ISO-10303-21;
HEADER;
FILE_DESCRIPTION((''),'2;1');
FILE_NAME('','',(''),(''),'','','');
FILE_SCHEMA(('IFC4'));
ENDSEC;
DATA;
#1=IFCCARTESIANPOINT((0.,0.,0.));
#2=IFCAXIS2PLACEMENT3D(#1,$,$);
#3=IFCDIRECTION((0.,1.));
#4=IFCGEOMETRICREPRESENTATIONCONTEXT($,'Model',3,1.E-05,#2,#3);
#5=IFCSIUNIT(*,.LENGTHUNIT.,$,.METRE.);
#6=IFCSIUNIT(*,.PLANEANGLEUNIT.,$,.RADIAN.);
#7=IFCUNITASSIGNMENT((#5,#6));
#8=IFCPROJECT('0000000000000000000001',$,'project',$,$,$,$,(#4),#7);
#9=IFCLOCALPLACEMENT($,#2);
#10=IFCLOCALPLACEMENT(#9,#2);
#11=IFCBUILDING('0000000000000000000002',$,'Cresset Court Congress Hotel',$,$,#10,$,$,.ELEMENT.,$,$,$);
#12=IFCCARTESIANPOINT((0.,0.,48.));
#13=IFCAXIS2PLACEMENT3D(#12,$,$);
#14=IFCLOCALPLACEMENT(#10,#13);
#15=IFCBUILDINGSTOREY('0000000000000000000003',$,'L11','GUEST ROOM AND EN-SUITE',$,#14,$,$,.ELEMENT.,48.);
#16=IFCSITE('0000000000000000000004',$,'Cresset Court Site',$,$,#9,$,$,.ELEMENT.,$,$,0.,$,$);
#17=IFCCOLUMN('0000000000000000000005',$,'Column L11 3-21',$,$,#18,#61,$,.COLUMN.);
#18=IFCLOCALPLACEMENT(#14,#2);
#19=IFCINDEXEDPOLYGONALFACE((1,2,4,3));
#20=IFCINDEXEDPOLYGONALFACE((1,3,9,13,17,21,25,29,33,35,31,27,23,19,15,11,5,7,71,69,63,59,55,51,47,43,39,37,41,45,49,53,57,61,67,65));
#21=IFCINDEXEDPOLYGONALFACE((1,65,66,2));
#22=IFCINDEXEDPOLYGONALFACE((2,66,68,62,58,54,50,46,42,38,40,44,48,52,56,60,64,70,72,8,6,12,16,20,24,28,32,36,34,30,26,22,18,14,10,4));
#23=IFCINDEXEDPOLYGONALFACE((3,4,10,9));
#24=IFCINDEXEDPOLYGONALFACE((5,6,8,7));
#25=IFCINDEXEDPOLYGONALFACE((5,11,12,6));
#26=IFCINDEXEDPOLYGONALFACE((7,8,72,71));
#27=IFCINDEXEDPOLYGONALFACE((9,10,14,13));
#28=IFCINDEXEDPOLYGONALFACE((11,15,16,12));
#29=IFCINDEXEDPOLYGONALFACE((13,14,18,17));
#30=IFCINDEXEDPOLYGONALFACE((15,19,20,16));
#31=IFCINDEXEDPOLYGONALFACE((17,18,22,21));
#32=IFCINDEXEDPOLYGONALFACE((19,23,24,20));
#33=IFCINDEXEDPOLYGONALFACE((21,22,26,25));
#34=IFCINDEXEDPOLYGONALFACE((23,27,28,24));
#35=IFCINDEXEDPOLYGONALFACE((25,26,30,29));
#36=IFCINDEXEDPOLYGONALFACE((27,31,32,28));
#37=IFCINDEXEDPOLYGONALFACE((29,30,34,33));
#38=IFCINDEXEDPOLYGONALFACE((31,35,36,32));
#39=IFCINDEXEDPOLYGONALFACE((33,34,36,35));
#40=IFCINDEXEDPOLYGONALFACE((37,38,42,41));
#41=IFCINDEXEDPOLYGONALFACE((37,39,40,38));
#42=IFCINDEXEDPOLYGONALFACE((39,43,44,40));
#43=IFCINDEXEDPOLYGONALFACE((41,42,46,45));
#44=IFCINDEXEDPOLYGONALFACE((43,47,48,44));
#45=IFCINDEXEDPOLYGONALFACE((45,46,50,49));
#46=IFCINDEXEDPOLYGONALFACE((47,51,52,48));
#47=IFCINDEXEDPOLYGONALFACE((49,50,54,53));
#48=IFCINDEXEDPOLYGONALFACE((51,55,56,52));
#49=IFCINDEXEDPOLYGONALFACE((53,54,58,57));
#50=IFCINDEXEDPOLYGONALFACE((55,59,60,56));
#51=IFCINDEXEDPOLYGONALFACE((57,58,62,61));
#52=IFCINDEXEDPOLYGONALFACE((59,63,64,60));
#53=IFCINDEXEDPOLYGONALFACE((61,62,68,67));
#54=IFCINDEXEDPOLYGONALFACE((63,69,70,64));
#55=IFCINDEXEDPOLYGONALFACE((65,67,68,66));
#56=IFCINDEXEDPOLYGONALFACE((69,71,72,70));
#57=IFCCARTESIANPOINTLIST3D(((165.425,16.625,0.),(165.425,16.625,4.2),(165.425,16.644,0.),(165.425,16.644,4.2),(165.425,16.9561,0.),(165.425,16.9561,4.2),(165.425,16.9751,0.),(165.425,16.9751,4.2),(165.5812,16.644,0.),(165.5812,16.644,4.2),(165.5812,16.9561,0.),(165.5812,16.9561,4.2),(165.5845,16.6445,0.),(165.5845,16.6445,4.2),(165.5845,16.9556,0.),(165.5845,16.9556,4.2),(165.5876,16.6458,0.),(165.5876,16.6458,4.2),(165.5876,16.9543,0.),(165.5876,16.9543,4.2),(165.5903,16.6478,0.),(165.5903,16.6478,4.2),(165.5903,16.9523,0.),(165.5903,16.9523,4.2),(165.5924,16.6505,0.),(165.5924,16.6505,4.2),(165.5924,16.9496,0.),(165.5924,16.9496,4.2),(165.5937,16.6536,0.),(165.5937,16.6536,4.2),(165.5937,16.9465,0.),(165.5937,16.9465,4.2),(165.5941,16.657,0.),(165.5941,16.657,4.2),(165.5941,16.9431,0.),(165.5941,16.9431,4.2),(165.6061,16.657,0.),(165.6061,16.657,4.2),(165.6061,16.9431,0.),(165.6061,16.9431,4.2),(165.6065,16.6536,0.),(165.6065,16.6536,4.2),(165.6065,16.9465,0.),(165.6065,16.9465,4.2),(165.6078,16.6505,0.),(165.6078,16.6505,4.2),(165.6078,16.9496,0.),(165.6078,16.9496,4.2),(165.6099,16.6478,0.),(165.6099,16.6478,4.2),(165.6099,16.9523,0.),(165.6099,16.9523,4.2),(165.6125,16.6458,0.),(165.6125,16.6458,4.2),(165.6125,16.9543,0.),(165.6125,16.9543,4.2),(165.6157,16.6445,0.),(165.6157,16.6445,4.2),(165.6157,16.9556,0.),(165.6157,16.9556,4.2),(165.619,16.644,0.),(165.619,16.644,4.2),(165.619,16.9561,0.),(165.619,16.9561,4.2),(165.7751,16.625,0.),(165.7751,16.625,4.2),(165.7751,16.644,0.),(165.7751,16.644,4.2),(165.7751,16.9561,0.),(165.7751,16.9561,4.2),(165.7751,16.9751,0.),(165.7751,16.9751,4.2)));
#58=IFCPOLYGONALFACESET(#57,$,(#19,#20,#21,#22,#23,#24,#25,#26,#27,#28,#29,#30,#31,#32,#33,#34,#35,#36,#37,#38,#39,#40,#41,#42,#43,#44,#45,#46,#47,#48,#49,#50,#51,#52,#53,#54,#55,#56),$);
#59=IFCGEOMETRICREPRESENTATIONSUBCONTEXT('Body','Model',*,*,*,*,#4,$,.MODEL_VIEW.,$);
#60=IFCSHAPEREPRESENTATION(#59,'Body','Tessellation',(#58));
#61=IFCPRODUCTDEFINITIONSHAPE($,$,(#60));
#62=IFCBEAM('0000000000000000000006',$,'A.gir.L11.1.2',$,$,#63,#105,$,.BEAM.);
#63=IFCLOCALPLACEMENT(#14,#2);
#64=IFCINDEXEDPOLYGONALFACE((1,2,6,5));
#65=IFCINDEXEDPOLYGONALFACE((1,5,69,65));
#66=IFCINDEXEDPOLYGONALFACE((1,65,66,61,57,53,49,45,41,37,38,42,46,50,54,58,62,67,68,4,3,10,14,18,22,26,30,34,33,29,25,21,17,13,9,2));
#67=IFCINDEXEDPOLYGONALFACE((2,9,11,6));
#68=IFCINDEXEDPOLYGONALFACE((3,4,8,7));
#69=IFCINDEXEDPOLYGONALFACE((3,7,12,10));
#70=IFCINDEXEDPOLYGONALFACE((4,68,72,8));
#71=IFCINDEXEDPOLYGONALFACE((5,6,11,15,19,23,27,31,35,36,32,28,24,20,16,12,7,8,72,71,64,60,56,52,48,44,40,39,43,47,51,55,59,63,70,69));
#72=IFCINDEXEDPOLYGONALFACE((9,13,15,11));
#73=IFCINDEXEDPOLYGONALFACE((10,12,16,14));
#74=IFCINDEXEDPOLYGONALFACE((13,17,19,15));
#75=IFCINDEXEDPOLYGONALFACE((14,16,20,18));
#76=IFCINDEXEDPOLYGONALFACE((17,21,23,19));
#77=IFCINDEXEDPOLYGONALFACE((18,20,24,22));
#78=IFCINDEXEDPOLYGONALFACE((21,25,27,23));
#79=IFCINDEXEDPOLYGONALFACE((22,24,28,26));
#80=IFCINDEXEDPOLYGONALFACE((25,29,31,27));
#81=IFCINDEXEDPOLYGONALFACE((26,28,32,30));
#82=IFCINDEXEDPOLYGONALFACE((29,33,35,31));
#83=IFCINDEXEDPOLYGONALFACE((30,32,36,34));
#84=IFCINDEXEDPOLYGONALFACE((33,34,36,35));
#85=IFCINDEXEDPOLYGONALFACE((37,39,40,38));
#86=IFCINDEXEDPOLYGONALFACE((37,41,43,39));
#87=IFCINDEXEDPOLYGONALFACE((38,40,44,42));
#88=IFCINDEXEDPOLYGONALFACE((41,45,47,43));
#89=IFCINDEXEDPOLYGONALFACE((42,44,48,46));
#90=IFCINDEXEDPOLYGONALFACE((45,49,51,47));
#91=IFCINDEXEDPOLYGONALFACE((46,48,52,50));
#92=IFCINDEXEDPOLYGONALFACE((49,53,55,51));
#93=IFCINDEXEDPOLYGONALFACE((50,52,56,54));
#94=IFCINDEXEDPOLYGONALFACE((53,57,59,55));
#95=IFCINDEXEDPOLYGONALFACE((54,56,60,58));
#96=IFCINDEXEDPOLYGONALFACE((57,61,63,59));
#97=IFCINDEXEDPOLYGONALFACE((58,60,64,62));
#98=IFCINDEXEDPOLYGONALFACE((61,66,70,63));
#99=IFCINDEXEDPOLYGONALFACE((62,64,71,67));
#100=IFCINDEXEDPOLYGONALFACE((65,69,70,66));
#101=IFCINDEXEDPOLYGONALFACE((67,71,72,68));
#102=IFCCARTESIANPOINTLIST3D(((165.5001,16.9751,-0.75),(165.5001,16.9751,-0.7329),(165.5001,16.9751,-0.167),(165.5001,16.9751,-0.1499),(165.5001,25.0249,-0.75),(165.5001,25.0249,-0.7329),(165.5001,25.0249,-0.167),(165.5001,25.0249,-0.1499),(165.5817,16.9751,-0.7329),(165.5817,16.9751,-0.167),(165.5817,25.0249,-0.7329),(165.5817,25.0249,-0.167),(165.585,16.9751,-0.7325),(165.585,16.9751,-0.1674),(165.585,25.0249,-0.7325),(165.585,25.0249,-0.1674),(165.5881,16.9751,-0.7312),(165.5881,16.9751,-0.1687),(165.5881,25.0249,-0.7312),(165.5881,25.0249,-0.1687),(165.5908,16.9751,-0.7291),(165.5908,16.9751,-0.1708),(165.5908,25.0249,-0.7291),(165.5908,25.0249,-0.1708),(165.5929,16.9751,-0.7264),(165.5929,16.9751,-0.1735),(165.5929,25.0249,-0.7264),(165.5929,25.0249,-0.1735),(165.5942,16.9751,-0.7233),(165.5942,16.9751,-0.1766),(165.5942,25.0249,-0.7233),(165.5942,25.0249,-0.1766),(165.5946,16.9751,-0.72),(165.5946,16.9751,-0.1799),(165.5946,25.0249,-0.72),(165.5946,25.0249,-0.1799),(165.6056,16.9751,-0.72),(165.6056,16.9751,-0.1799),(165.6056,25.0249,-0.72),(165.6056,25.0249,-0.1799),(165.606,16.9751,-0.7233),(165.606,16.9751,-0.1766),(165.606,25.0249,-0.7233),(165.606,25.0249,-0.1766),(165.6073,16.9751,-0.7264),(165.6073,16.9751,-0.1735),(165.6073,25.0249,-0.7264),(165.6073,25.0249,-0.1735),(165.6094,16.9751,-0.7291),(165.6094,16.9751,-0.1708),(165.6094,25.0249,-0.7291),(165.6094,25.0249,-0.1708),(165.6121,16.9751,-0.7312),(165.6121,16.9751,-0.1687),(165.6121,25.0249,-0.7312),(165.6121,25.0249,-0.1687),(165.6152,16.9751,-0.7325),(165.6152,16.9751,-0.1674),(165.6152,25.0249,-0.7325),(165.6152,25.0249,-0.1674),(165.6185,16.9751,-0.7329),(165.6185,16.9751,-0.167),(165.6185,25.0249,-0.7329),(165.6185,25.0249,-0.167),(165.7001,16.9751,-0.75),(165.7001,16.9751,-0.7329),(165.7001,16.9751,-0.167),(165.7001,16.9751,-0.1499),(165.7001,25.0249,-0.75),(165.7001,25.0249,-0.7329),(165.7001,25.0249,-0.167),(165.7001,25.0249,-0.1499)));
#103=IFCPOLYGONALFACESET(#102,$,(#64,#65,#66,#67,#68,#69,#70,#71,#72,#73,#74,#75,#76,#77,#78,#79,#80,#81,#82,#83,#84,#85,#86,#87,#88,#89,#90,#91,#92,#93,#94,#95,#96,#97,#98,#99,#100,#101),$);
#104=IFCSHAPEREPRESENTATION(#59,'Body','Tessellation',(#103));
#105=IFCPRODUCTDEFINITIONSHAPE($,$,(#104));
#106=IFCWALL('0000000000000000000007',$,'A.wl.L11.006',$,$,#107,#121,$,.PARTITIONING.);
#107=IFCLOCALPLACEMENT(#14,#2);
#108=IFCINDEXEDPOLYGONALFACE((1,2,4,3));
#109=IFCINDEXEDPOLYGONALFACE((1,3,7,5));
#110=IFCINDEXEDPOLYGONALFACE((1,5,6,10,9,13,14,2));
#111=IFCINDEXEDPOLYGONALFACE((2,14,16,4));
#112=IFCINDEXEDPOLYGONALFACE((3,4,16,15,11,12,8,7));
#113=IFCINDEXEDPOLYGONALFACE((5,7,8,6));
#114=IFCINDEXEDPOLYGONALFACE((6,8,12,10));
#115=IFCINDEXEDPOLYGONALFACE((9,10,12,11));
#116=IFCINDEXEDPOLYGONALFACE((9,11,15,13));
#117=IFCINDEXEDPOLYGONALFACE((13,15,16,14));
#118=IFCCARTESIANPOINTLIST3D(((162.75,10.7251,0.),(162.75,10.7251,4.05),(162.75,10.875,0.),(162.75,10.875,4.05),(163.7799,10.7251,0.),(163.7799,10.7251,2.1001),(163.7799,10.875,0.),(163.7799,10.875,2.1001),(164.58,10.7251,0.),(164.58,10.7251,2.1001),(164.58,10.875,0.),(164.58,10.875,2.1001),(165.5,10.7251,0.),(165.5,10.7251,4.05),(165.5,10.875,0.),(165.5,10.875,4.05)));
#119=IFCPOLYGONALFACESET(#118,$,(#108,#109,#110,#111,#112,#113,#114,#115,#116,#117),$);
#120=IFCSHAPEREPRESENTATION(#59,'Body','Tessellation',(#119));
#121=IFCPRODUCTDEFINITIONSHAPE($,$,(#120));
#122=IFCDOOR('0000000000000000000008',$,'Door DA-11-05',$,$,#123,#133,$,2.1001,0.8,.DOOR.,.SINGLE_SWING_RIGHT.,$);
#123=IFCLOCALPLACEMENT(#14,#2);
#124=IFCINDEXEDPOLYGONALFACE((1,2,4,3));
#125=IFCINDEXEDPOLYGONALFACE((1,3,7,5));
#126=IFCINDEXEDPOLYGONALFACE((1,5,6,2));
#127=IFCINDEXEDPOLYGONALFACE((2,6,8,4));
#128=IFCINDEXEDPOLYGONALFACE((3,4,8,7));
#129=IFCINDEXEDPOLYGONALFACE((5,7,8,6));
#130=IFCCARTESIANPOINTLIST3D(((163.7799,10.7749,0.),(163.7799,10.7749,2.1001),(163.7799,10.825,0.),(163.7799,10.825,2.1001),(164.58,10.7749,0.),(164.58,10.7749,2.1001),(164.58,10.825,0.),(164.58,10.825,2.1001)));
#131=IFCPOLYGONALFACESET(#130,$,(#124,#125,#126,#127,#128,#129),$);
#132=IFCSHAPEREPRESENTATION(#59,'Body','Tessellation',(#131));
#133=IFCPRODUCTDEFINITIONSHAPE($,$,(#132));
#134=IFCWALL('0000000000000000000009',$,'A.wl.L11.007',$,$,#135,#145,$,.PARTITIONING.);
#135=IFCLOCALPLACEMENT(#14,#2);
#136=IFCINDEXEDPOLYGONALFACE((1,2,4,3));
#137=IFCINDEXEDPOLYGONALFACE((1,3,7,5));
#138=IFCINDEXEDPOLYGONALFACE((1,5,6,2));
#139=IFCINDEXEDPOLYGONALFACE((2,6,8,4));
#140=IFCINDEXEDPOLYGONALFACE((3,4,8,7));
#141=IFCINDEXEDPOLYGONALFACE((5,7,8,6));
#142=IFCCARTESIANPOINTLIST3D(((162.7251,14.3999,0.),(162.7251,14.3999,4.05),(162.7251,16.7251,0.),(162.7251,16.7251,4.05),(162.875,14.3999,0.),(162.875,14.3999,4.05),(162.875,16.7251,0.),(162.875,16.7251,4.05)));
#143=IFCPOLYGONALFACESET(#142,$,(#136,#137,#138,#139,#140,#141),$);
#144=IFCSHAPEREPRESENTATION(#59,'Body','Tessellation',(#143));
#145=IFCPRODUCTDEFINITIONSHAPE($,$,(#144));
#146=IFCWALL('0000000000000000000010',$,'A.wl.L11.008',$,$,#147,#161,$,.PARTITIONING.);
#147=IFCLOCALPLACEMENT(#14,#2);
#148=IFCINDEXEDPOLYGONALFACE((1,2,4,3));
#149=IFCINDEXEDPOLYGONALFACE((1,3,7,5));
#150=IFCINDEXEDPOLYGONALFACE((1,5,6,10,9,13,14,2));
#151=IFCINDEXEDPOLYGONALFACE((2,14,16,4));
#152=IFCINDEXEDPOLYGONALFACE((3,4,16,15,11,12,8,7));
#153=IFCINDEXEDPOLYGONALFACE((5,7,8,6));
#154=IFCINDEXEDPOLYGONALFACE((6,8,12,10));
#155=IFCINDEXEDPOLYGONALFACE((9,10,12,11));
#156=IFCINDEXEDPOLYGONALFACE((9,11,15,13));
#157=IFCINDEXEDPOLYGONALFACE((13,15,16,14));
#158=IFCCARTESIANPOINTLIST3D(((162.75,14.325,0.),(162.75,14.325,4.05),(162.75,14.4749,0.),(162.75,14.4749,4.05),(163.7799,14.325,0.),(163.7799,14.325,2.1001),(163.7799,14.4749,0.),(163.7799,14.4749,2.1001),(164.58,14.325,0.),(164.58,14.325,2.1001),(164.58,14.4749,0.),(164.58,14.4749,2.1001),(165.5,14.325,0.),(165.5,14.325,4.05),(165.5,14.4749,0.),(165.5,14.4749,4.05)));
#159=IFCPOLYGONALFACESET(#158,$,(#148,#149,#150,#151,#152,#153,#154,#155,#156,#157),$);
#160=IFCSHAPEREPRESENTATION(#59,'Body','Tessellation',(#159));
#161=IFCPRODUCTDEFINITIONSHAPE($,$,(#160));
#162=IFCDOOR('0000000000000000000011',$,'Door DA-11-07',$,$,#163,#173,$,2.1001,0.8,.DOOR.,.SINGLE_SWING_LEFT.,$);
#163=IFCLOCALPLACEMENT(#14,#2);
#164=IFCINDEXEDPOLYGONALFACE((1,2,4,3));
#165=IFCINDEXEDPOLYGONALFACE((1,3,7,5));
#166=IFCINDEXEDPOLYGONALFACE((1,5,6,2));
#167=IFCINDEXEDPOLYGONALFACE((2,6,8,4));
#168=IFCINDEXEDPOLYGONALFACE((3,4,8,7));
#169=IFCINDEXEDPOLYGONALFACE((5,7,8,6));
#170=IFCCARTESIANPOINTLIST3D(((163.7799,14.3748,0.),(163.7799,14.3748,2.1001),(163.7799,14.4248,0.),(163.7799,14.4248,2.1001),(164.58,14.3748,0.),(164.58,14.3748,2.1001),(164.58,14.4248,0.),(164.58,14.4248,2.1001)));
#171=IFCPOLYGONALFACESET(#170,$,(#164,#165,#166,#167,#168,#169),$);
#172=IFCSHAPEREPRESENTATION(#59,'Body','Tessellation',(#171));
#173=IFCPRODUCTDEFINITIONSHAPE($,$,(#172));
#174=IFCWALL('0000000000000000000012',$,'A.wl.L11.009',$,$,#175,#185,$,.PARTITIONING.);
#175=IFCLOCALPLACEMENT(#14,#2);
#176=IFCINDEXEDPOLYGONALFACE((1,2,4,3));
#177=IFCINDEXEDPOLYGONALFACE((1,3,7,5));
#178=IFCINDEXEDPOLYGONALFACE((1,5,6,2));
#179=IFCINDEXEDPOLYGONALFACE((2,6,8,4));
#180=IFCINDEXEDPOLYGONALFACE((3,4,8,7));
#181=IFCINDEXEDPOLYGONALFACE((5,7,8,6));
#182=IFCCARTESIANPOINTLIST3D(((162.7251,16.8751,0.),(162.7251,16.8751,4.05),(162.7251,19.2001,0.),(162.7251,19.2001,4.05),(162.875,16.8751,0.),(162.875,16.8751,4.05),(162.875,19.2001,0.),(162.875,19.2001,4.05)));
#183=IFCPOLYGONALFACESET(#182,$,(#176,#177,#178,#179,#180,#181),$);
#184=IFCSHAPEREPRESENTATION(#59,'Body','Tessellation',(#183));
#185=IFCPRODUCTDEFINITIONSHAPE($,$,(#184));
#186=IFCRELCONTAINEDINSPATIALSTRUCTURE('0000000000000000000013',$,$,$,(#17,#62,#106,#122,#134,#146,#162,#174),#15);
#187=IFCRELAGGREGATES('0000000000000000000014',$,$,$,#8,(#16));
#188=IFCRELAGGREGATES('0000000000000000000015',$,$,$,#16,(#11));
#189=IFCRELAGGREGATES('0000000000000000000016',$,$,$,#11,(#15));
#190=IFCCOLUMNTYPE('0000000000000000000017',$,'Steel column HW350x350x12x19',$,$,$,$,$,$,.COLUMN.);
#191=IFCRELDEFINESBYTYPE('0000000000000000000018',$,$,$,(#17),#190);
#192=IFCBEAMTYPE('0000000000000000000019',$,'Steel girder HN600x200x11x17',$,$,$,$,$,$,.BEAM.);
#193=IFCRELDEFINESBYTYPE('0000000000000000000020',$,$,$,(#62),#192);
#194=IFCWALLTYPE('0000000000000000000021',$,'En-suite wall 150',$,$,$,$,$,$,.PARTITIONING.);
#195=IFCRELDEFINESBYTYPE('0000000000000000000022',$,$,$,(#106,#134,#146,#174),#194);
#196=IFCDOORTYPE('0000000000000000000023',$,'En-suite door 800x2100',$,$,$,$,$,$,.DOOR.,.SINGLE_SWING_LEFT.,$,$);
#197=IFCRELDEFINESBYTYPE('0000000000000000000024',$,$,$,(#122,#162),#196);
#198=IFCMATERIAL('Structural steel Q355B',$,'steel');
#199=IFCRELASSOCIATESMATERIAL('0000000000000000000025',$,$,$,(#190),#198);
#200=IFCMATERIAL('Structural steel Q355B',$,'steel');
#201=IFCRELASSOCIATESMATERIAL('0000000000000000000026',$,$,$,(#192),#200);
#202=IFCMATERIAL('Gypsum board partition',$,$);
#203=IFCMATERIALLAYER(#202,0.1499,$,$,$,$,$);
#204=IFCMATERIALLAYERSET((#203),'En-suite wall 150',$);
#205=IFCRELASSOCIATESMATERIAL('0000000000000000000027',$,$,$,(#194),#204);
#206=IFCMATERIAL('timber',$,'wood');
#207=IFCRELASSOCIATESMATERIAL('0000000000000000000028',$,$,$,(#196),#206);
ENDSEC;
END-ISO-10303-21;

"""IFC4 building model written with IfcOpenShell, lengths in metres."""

from ifc_helpers import new_model, si_unit, direction, frame, frame_2d, origin, origin_2d, place, context, subcontext, project, spatial, rectangle, i_section, extrude, material, layer, layer_set, material_profile, profile_set, type_object, element, fill, save


model = new_model("IFC4")

# Units and contexts
model_context = context("Model", 3, precision=1e-05, world=origin(), true_north=direction((0.0, 1.0)))
body_context = subcontext(model_context, "Body", "Model", "MODEL_VIEW")
ifc_project = project(units=[si_unit("LENGTHUNIT", "METRE"), si_unit("PLANEANGLEUNIT", "RADIAN")], contexts=[model_context])

# Site, building, storey
site_placement = place(None, origin())
site = spatial("IfcSite", under=ifc_project, at=site_placement, Name="Cresset Court Site", CompositionType="ELEMENT", RefElevation=0.0)
building_placement = place(site_placement, origin())
building = spatial("IfcBuilding", under=site, at=building_placement, Name="Cresset Court Congress Hotel", CompositionType="ELEMENT")
storey_placement = place(building_placement, frame((0.0, 0.0, 48.0)))
storey = spatial("IfcBuildingStorey", under=building, at=storey_placement, Name="L11", Description="GUEST ROOM AND EN-SUITE", CompositionType="ELEMENT", Elevation=48.0)

# Column
ifc_material_1 = material(Name="Structural steel Q355B", Category="steel")
ifc_material_profile_1 = material_profile(ifc_material_1, i_section(OverallWidth=0.3501, OverallDepth=0.3501, WebThickness=0.012, FlangeThickness=0.019, FilletRadius=0.0129, at=origin_2d()), Name="HW350x350x12x19")
ifc_profile_set_1 = profile_set([ifc_material_profile_1], Name="Structural steel Q355B")
column_type = type_object("IfcColumnType", Name="Steel column HW350x350x12x19", PredefinedType="COLUMN", material=ifc_profile_set_1)
column_placement = place(storey_placement, frame((165.6001, 16.8, 0.0), z_axis=(0.0, 0.0, 1.0), x_axis=(1.0, 0.0, 0.0)))
element("IfcColumn", 1, at=column_placement, inside=storey, type_object=column_type, Name="Column L11 3-21", PredefinedType="COLUMN", context=body_context, shape_type="SweptSolid", body=[
    extrude(i_section(OverallWidth=0.3501, OverallDepth=0.3501, WebThickness=0.012, FlangeThickness=0.019, FilletRadius=0.0129, at=origin_2d()), origin(), (0.0, 0.0, 1.0), 4.2),
])

# Beam
ifc_material_2 = material(Name="Structural steel Q355B", Category="steel")
ifc_material_profile_2 = material_profile(ifc_material_2, i_section(OverallWidth=0.2, OverallDepth=0.6001, WebThickness=0.011, FlangeThickness=0.0171, FilletRadius=0.0129, at=origin_2d()), Name="HN600x200x11x17")
ifc_profile_set_2 = profile_set([ifc_material_profile_2], Name="Structural steel Q355B")
beam_type = type_object("IfcBeamType", Name="Steel girder HN600x200x11x17", PredefinedType="BEAM", material=ifc_profile_set_2)
beam_placement = place(storey_placement, frame((165.6001, 16.9751, -0.45), z_axis=(0.0, 1.0, 0.0), x_axis=(-1.0, 0.0, 0.0)))
element("IfcBeam", 2, at=beam_placement, inside=storey, type_object=beam_type, Name="A.gir.L11.1.2", PredefinedType="BEAM", context=body_context, shape_type="SweptSolid", body=[
    extrude(i_section(OverallWidth=0.2, OverallDepth=0.6001, WebThickness=0.011, FlangeThickness=0.0171, FilletRadius=0.0129, at=origin_2d()), origin(), (0.0, 0.0, 1.0), 8.0498),
])

# Wall, opening, door
ifc_material_3 = material(Name="Gypsum board partition")
ifc_layer = layer(ifc_material_3, 0.1499)
ifc_layer_set = layer_set([ifc_layer], Name="En-suite wall 150")
wall_type = type_object("IfcWallType", Name="En-suite wall 150", PredefinedType="PARTITIONING", material=ifc_layer_set)
wall_1_placement = place(storey_placement, frame((162.75, 10.8, 0.0), z_axis=(0.0, 0.0, 1.0), x_axis=(1.0, 0.0, 0.0)))
wall_1 = element("IfcWall", 3, at=wall_1_placement, inside=storey, type_object=wall_type, Name="A.wl.L11.006", PredefinedType="PARTITIONING", context=body_context, shape_type="SweptSolid", body=[
    extrude(rectangle(XDim=2.75, YDim=0.1499, at=frame_2d((1.375, 0.0))), origin(), (0.0, 0.0, 1.0), 4.05),
])
opening_1_placement = place(wall_1_placement, frame((1.03, 0.0, 0.0)))
opening_1 = element("IfcOpeningElement", 4, at=opening_1_placement, cuts=wall_1, PredefinedType="OPENING", context=body_context, shape_type="SweptSolid", body=[
    extrude(rectangle(XDim=0.8, YDim=2.1001, at=frame_2d((0.3999, 1.05))), frame((0.0, 0.085, 0.0), z_axis=(0.0, -1.0, 0.0), x_axis=(1.0, 0.0, 0.0)), (0.0, 0.0, 1.0), 0.1699),
])
ifc_material_4 = material(Name="timber", Category="wood")
door_type = type_object("IfcDoorType", Name="En-suite door 800x2100", OperationType="SINGLE_SWING_LEFT", PredefinedType="DOOR", material=ifc_material_4)
door_1_placement = place(opening_1_placement, origin())
door_1 = element("IfcDoor", 5, at=door_1_placement, inside=storey, type_object=door_type, Name="Door DA-11-05", OperationType="SINGLE_SWING_RIGHT", OverallHeight=2.1001, OverallWidth=0.8, PredefinedType="DOOR", context=body_context, shape_type="SweptSolid", body=[
    extrude(rectangle(XDim=0.8, YDim=2.1001, at=frame_2d((0.3999, 1.05))), frame((0.0, 0.0249, 0.0), z_axis=(0.0, -1.0, 0.0), x_axis=(1.0, 0.0, 0.0)), (0.0, 0.0, 1.0), 0.05),
])
fill(opening_1, door_1)

# Wall
wall_2_placement = place(storey_placement, frame((162.8, 14.3999, 0.0), z_axis=(0.0, 0.0, 1.0), x_axis=(0.0, 1.0, 0.0)))
element("IfcWall", 6, at=wall_2_placement, inside=storey, type_object=wall_type, Name="A.wl.L11.007", PredefinedType="PARTITIONING", context=body_context, shape_type="SweptSolid", body=[
    extrude(rectangle(XDim=2.3252, YDim=0.1499, at=frame_2d((1.1626, 0.0))), origin(), (0.0, 0.0, 1.0), 4.05),
])

# Wall, opening, door
wall_3_placement = place(storey_placement, frame((162.75, 14.3999, 0.0), z_axis=(0.0, 0.0, 1.0), x_axis=(1.0, 0.0, 0.0)))
wall_3 = element("IfcWall", 7, at=wall_3_placement, inside=storey, type_object=wall_type, Name="A.wl.L11.008", PredefinedType="PARTITIONING", context=body_context, shape_type="SweptSolid", body=[
    extrude(rectangle(XDim=2.75, YDim=0.1499, at=frame_2d((1.375, 0.0))), origin(), (0.0, 0.0, 1.0), 4.05),
])
opening_2_placement = place(wall_3_placement, frame((1.03, 0.0, 0.0)))
opening_2 = element("IfcOpeningElement", 8, at=opening_2_placement, cuts=wall_3, PredefinedType="OPENING", context=body_context, shape_type="SweptSolid", body=[
    extrude(rectangle(XDim=0.8, YDim=2.1001, at=frame_2d((0.3999, 1.05))), frame((0.0, 0.085, 0.0), z_axis=(0.0, -1.0, 0.0), x_axis=(1.0, 0.0, 0.0)), (0.0, 0.0, 1.0), 0.1699),
])
door_2_placement = place(opening_2_placement, origin())
door_2 = element("IfcDoor", 9, at=door_2_placement, inside=storey, type_object=door_type, Name="Door DA-11-07", OperationType="SINGLE_SWING_LEFT", OverallHeight=2.1001, OverallWidth=0.8, PredefinedType="DOOR", context=body_context, shape_type="SweptSolid", body=[
    extrude(rectangle(XDim=0.8, YDim=2.1001, at=frame_2d((0.3999, 1.05))), frame((0.0, 0.0249, 0.0), z_axis=(0.0, -1.0, 0.0), x_axis=(1.0, 0.0, 0.0)), (0.0, 0.0, 1.0), 0.05),
])
fill(opening_2, door_2)

# Wall
wall_4_placement = place(storey_placement, frame((162.8, 16.875, 0.0), z_axis=(0.0, 0.0, 1.0), x_axis=(0.0, 1.0, 0.0)))
element("IfcWall", 10, at=wall_4_placement, inside=storey, type_object=wall_type, Name="A.wl.L11.009", PredefinedType="PARTITIONING", context=body_context, shape_type="SweptSolid", body=[
    extrude(rectangle(XDim=2.325, YDim=0.1499, at=frame_2d((1.1626, 0.0))), origin(), (0.0, 0.0, 1.0), 4.05),
])

save(model, "model.ifc")
